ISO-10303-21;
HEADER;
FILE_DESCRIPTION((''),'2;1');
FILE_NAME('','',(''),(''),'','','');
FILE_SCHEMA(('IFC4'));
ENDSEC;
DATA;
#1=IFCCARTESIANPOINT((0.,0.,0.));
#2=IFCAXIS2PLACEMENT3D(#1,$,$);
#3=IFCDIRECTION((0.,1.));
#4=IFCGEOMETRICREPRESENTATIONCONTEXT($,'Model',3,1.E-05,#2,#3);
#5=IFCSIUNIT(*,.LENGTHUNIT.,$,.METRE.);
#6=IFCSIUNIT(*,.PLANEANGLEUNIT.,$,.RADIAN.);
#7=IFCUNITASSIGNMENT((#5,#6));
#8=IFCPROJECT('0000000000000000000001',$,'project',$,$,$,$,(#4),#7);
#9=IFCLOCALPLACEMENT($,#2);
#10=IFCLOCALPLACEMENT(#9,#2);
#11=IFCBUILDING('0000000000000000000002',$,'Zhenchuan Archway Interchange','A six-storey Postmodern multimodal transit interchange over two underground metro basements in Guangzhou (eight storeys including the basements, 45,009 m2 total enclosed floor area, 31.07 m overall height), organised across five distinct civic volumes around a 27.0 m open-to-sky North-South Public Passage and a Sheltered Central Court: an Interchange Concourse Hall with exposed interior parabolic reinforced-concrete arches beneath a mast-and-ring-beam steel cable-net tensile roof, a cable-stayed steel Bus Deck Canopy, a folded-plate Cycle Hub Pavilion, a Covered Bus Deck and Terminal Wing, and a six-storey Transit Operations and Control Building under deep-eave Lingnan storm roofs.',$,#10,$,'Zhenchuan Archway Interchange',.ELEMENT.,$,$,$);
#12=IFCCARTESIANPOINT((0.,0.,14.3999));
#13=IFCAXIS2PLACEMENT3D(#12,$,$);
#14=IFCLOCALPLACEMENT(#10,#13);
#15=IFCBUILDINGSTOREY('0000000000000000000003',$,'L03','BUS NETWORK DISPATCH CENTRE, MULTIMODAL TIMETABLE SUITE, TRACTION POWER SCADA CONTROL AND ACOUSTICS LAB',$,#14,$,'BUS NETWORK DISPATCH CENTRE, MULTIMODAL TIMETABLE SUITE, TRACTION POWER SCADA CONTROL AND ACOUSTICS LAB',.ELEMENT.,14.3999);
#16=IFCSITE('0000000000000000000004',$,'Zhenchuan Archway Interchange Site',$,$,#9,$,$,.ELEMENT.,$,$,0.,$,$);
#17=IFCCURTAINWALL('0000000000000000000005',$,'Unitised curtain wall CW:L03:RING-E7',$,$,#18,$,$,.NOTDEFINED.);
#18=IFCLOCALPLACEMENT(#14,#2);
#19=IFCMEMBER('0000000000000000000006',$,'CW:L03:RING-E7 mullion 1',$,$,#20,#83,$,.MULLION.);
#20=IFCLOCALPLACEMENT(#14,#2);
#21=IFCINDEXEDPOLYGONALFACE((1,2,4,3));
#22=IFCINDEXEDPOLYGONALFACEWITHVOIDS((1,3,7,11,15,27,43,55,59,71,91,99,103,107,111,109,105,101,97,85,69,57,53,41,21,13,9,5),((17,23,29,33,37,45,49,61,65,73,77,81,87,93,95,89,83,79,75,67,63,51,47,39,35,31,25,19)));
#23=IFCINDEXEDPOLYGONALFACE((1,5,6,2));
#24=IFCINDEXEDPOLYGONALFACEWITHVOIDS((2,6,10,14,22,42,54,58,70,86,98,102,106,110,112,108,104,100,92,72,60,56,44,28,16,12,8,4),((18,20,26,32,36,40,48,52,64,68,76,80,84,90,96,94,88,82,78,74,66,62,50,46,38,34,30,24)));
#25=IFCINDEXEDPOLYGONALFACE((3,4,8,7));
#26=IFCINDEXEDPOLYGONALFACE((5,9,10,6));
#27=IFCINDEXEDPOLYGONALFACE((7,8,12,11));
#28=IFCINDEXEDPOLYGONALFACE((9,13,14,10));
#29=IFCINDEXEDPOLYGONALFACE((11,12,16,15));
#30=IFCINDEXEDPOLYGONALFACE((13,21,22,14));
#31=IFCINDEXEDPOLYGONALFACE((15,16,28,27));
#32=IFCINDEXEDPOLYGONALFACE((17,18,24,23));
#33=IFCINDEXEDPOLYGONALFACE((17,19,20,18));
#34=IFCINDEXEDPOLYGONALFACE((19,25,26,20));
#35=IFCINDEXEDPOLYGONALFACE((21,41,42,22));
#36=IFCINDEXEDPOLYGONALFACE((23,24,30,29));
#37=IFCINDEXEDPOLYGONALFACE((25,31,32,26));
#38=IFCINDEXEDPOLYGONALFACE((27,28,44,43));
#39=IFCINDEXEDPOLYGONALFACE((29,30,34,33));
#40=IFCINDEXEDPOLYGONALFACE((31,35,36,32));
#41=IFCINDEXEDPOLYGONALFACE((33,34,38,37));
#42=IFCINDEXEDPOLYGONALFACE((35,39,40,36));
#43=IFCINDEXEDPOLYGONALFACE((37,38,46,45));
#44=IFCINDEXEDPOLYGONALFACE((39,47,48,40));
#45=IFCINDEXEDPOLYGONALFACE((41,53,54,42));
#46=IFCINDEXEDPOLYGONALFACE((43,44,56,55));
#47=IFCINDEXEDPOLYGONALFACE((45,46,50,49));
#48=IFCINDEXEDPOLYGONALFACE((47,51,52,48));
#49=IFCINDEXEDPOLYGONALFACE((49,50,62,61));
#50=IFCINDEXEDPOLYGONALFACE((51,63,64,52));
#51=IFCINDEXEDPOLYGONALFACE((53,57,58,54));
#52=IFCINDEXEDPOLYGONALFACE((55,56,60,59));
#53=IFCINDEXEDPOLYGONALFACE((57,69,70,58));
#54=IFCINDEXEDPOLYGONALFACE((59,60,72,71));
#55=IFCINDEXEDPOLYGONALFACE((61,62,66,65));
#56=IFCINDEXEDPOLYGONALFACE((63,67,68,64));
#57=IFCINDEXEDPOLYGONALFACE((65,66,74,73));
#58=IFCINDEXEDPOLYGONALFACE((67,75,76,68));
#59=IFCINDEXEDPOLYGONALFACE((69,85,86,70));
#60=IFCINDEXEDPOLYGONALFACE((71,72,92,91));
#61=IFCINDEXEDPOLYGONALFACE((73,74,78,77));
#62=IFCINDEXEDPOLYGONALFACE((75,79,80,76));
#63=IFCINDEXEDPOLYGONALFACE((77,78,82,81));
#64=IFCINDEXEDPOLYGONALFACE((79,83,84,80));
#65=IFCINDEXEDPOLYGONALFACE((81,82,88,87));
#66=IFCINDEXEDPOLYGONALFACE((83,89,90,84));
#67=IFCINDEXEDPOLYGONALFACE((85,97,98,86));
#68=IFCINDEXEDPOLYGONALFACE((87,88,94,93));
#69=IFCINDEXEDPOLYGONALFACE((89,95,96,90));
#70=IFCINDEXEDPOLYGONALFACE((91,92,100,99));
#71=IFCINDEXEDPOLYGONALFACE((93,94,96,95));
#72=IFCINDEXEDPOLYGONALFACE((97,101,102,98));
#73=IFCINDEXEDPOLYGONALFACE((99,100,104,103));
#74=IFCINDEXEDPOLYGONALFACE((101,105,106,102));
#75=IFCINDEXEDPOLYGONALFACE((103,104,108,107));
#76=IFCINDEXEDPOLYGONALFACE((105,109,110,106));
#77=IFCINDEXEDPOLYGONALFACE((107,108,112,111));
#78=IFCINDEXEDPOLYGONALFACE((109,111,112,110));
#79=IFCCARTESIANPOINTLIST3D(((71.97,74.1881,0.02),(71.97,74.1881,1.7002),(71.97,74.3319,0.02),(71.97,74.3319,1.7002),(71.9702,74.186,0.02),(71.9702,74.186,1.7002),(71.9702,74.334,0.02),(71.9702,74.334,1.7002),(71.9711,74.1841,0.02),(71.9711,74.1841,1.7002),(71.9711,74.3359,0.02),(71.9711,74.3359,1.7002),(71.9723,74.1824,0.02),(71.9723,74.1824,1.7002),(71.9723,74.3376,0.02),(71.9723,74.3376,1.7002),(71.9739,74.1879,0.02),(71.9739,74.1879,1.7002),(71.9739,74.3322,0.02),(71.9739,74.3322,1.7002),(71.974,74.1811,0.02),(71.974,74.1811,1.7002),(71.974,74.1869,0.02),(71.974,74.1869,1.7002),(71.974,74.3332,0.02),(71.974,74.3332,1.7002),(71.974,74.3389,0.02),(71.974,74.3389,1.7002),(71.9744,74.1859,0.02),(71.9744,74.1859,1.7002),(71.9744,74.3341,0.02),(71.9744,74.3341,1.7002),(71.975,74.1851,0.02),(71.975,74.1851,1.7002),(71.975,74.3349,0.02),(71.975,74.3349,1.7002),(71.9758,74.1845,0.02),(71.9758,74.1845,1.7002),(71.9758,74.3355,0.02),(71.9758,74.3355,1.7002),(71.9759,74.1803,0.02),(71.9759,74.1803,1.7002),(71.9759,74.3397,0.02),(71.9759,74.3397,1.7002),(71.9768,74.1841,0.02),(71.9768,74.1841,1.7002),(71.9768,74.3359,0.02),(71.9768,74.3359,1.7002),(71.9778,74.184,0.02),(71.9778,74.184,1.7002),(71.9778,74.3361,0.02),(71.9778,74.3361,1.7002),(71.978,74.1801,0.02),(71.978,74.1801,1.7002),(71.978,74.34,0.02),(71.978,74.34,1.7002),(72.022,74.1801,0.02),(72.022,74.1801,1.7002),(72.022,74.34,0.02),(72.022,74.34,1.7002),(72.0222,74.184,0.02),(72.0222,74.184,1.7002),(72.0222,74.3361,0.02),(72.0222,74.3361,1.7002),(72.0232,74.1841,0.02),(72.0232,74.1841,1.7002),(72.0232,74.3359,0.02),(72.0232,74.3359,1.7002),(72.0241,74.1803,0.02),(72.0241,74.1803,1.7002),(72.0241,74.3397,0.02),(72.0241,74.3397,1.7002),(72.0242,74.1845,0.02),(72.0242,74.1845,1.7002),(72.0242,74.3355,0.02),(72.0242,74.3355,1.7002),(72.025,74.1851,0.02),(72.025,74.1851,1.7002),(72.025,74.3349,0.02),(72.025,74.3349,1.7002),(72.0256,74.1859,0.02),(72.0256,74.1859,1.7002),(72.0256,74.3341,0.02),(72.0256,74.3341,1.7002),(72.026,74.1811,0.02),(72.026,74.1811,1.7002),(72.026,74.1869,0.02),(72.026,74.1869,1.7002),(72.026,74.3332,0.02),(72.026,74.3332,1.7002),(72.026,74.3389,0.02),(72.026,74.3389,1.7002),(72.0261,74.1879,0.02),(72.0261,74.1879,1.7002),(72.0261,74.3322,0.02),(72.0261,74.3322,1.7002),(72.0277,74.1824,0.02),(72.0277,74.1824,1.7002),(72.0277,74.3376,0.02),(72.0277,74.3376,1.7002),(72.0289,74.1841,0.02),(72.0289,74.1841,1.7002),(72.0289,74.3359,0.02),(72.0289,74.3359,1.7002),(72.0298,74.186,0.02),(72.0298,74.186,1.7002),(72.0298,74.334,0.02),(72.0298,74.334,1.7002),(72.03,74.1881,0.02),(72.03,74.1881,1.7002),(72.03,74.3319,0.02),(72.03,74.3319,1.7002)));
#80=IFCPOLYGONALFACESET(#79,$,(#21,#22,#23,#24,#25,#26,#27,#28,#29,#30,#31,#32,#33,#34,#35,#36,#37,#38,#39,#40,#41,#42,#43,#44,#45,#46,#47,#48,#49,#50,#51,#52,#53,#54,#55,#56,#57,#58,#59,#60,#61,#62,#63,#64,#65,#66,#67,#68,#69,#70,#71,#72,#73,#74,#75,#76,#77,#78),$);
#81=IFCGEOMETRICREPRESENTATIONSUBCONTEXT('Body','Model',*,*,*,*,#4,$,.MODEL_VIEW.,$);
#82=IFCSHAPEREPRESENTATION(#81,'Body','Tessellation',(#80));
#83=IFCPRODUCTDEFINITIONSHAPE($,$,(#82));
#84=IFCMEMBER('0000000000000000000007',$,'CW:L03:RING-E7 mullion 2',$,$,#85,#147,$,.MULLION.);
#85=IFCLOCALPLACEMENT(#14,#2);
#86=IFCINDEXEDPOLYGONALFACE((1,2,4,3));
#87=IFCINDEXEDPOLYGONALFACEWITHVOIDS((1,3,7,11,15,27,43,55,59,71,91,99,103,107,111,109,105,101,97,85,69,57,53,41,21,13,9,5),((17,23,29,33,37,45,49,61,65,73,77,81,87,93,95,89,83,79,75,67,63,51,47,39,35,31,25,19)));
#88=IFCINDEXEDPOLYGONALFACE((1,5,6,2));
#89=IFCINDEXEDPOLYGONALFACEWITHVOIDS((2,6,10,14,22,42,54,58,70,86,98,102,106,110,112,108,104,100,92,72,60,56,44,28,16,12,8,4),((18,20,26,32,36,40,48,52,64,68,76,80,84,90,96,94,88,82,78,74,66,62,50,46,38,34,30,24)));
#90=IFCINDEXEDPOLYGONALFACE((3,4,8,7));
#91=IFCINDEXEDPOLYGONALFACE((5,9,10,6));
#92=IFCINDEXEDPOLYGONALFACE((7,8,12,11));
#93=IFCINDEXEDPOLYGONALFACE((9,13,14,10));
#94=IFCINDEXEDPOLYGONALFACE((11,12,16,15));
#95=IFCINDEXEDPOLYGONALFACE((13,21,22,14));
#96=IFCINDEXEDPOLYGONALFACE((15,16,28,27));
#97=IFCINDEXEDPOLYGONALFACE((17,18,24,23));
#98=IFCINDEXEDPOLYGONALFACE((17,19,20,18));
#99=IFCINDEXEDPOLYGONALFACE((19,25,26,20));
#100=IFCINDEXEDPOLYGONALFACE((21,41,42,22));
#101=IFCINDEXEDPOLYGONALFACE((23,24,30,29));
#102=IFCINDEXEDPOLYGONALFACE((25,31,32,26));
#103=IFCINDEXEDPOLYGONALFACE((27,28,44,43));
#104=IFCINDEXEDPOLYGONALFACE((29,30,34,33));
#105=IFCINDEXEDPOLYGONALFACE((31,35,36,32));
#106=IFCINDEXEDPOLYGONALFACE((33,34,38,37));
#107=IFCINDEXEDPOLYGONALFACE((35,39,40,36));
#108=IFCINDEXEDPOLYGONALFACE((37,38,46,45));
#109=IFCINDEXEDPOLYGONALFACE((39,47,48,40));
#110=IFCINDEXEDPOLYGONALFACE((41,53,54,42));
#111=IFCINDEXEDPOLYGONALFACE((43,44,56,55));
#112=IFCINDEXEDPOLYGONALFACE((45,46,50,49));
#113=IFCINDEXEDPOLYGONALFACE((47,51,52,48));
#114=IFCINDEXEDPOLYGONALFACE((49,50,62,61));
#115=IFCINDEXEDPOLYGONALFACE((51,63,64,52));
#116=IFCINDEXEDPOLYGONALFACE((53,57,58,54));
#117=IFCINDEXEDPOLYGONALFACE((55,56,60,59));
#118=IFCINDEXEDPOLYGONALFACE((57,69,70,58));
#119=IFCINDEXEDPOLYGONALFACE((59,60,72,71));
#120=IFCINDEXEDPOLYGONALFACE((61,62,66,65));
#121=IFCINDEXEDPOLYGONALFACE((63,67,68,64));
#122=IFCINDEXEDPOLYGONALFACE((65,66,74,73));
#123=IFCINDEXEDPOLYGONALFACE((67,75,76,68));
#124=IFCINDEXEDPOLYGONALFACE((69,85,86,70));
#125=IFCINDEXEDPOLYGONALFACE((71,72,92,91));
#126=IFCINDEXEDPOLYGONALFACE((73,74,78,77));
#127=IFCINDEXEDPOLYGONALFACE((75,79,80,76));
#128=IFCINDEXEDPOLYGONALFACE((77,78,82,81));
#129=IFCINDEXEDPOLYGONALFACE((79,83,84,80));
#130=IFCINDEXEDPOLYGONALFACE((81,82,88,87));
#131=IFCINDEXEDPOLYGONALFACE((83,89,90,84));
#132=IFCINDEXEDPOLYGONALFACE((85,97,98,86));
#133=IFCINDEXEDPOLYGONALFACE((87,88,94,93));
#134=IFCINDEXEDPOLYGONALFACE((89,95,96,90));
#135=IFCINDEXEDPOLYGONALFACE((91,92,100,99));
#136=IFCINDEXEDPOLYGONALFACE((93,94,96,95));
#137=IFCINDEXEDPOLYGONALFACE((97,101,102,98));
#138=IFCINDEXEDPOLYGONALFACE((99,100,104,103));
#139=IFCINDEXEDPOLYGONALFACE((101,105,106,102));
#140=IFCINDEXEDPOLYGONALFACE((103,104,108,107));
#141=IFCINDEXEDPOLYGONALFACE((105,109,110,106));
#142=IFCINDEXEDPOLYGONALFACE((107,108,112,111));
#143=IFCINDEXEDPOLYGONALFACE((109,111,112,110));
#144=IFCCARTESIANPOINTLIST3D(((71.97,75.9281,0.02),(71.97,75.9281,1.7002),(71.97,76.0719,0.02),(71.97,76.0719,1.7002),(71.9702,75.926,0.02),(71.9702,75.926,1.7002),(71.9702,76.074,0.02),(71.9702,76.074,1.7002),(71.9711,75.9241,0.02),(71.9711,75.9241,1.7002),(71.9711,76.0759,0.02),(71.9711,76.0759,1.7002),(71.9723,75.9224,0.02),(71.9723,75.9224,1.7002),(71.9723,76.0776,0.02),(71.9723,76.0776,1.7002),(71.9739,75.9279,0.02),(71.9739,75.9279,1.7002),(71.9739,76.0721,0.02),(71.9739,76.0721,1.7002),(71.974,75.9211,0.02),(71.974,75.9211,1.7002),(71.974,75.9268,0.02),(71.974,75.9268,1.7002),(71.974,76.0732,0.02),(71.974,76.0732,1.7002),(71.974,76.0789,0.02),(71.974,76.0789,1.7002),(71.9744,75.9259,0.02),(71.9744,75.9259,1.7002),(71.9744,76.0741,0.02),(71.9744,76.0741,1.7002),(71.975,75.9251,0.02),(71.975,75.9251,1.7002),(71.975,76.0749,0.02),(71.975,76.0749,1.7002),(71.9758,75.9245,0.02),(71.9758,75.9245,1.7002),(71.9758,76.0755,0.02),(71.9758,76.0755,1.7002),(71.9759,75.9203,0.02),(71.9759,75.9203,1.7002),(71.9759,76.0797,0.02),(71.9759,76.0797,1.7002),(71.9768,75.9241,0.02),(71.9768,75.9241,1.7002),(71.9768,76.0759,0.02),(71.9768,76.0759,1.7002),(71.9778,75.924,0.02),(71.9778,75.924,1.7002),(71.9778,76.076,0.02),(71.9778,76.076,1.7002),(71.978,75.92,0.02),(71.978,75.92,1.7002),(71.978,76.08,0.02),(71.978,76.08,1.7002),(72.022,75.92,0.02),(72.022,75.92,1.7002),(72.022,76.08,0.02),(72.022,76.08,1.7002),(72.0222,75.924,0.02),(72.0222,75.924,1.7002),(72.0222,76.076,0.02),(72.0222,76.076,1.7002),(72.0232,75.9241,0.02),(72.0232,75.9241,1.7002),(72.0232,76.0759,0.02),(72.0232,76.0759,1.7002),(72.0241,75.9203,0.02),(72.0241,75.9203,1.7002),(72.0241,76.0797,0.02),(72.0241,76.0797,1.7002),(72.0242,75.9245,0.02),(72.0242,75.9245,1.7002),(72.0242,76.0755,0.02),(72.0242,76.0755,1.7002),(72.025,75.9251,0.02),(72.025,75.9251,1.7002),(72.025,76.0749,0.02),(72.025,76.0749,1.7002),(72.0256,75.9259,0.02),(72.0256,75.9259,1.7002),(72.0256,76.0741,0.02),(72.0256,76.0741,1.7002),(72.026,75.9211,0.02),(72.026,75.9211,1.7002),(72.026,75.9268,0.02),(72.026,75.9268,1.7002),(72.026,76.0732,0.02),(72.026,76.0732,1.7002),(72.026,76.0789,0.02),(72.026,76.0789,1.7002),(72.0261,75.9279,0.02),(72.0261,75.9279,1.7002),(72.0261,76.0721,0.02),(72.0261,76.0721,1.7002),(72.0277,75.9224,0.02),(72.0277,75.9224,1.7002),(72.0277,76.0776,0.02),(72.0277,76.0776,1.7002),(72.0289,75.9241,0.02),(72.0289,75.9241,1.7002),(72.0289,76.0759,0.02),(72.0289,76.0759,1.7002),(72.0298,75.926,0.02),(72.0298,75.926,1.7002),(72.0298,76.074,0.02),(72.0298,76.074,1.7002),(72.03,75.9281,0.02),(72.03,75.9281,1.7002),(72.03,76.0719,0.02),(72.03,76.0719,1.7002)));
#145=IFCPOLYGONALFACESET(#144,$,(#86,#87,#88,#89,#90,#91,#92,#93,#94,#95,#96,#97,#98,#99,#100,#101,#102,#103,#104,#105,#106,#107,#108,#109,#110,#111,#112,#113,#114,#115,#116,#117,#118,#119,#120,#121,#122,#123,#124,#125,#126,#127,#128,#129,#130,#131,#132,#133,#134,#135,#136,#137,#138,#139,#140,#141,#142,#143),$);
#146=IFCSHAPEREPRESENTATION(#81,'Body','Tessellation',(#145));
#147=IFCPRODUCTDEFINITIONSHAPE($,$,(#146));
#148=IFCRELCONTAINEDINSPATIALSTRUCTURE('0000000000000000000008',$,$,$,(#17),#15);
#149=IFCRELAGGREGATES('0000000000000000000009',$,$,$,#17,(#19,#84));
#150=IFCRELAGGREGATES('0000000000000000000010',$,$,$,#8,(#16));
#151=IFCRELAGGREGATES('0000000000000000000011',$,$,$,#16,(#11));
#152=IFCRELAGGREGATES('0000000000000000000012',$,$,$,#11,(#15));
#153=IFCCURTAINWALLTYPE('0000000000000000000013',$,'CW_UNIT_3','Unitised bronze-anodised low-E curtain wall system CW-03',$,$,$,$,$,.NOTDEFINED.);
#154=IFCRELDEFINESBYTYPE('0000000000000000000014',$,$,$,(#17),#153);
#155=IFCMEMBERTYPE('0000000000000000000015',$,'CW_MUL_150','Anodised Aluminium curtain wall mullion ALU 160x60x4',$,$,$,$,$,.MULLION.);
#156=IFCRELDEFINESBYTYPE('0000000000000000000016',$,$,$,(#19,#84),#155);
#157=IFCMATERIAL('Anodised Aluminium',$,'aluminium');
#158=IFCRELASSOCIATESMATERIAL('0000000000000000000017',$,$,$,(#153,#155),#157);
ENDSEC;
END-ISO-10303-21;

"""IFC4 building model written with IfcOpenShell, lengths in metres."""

from ifc_helpers import new_model, si_unit, direction, frame, origin, origin_2d, place, context, subcontext, project, spatial, hollow_rectangle, extrude, material, material_profile, profile_set, type_object, element, aggregate, save


model = new_model("IFC4")

# Units and contexts
model_context = context("Model", 3, precision=1e-05, world=origin(), true_north=direction((0.0, 1.0)))
body_context = subcontext(model_context, "Body", "Model", "MODEL_VIEW")
ifc_project = project(units=[si_unit("LENGTHUNIT", "METRE"), si_unit("PLANEANGLEUNIT", "RADIAN")], contexts=[model_context])

# Site, building, storey
site_placement = place(None, origin())
site = spatial("IfcSite", under=ifc_project, at=site_placement, Name="Zhenchuan Archway Interchange Site", CompositionType="ELEMENT", RefElevation=0.0)
building_placement = place(site_placement, origin())
building = spatial("IfcBuilding", under=site, at=building_placement, Name="Zhenchuan Archway Interchange", Description="A six-storey Postmodern multimodal transit interchange over two underground metro basements in Guangzhou (eight storeys including the basements, 45,009 m2 total enclosed floor area, 31.07 m overall height), organised across five distinct civic volumes around a 27.0 m open-to-sky North-South Public Passage and a Sheltered Central Court: an Interchange Concourse Hall with exposed interior parabolic reinforced-concrete arches beneath a mast-and-ring-beam steel cable-net tensile roof, a cable-stayed steel Bus Deck Canopy, a folded-plate Cycle Hub Pavilion, a Covered Bus Deck and Terminal Wing, and a six-storey Transit Operations and Control Building under deep-eave Lingnan storm roofs.", LongName="Zhenchuan Archway Interchange", CompositionType="ELEMENT")
storey_placement = place(building_placement, frame((0.0, 0.0, 14.3999)))
storey = spatial("IfcBuildingStorey", under=building, at=storey_placement, Name="L03", Description="BUS NETWORK DISPATCH CENTRE, MULTIMODAL TIMETABLE SUITE, TRACTION POWER SCADA CONTROL AND ACOUSTICS LAB", LongName="BUS NETWORK DISPATCH CENTRE, MULTIMODAL TIMETABLE SUITE, TRACTION POWER SCADA CONTROL AND ACOUSTICS LAB", CompositionType="ELEMENT", Elevation=14.3999)

# Curtain wall, members
ifc_material_1 = material(Name="Anodised Aluminium", Category="aluminium")
curtain_wall_type = type_object("IfcCurtainWallType", Name="CW_UNIT_3", Description="Unitised bronze-anodised low-E curtain wall system CW-03", PredefinedType="NOTDEFINED", material=ifc_material_1)
ifc_material_profile_1 = material_profile(ifc_material_1, hollow_rectangle(XDim=0.0601, YDim=0.1599, WallThickness=0.0039, InnerFilletRadius=0.0039, OuterFilletRadius=0.0081, at=origin_2d()), Name="ALU 160x60x4")
ifc_profile_set_1 = profile_set([ifc_material_profile_1], Name="Anodised Aluminium")
member_type_1 = type_object("IfcMemberType", Name="CW_MUL_150", Description="Anodised Aluminium curtain wall mullion ALU 160x60x4", PredefinedType="MULLION", material=ifc_profile_set_1)
curtain_wall_1_placement = place(storey_placement, origin())
curtain_wall_1 = element("IfcCurtainWall", 1, at=curtain_wall_1_placement, inside=storey, type_object=curtain_wall_type, Name="Unitised curtain wall CW:L03:RING-E7", PredefinedType="NOTDEFINED")
member_1_placement = place(storey_placement, frame((72.0, 74.26, 0.02), z_axis=(0.0, 0.0, 1.0), x_axis=(1.0, 0.0, 0.0)))
member_1 = element("IfcMember", 2, at=member_1_placement, type_object=member_type_1, Name="CW:L03:RING-E7 mullion 1", PredefinedType="MULLION", context=body_context, shape_type="SweptSolid", body=[
    extrude(hollow_rectangle(XDim=0.0601, YDim=0.1599, WallThickness=0.0039, InnerFilletRadius=0.0039, OuterFilletRadius=0.0081, at=origin_2d()), origin(), (0.0, 0.0, 1.0), 1.6802),
])
member_2_placement = place(storey_placement, frame((72.0, 76.0, 0.02), z_axis=(0.0, 0.0, 1.0), x_axis=(1.0, 0.0, 0.0)))
member_2 = element("IfcMember", 3, at=member_2_placement, type_object=member_type_1, Name="CW:L03:RING-E7 mullion 2", PredefinedType="MULLION", context=body_context, shape_type="SweptSolid", body=[
    extrude(hollow_rectangle(XDim=0.0601, YDim=0.1599, WallThickness=0.0039, InnerFilletRadius=0.0039, OuterFilletRadius=0.0081, at=origin_2d()), origin(), (0.0, 0.0, 1.0), 1.6802),
])

aggregate(curtain_wall_1, [member_1, member_2])

save(model, "model.ifc")
